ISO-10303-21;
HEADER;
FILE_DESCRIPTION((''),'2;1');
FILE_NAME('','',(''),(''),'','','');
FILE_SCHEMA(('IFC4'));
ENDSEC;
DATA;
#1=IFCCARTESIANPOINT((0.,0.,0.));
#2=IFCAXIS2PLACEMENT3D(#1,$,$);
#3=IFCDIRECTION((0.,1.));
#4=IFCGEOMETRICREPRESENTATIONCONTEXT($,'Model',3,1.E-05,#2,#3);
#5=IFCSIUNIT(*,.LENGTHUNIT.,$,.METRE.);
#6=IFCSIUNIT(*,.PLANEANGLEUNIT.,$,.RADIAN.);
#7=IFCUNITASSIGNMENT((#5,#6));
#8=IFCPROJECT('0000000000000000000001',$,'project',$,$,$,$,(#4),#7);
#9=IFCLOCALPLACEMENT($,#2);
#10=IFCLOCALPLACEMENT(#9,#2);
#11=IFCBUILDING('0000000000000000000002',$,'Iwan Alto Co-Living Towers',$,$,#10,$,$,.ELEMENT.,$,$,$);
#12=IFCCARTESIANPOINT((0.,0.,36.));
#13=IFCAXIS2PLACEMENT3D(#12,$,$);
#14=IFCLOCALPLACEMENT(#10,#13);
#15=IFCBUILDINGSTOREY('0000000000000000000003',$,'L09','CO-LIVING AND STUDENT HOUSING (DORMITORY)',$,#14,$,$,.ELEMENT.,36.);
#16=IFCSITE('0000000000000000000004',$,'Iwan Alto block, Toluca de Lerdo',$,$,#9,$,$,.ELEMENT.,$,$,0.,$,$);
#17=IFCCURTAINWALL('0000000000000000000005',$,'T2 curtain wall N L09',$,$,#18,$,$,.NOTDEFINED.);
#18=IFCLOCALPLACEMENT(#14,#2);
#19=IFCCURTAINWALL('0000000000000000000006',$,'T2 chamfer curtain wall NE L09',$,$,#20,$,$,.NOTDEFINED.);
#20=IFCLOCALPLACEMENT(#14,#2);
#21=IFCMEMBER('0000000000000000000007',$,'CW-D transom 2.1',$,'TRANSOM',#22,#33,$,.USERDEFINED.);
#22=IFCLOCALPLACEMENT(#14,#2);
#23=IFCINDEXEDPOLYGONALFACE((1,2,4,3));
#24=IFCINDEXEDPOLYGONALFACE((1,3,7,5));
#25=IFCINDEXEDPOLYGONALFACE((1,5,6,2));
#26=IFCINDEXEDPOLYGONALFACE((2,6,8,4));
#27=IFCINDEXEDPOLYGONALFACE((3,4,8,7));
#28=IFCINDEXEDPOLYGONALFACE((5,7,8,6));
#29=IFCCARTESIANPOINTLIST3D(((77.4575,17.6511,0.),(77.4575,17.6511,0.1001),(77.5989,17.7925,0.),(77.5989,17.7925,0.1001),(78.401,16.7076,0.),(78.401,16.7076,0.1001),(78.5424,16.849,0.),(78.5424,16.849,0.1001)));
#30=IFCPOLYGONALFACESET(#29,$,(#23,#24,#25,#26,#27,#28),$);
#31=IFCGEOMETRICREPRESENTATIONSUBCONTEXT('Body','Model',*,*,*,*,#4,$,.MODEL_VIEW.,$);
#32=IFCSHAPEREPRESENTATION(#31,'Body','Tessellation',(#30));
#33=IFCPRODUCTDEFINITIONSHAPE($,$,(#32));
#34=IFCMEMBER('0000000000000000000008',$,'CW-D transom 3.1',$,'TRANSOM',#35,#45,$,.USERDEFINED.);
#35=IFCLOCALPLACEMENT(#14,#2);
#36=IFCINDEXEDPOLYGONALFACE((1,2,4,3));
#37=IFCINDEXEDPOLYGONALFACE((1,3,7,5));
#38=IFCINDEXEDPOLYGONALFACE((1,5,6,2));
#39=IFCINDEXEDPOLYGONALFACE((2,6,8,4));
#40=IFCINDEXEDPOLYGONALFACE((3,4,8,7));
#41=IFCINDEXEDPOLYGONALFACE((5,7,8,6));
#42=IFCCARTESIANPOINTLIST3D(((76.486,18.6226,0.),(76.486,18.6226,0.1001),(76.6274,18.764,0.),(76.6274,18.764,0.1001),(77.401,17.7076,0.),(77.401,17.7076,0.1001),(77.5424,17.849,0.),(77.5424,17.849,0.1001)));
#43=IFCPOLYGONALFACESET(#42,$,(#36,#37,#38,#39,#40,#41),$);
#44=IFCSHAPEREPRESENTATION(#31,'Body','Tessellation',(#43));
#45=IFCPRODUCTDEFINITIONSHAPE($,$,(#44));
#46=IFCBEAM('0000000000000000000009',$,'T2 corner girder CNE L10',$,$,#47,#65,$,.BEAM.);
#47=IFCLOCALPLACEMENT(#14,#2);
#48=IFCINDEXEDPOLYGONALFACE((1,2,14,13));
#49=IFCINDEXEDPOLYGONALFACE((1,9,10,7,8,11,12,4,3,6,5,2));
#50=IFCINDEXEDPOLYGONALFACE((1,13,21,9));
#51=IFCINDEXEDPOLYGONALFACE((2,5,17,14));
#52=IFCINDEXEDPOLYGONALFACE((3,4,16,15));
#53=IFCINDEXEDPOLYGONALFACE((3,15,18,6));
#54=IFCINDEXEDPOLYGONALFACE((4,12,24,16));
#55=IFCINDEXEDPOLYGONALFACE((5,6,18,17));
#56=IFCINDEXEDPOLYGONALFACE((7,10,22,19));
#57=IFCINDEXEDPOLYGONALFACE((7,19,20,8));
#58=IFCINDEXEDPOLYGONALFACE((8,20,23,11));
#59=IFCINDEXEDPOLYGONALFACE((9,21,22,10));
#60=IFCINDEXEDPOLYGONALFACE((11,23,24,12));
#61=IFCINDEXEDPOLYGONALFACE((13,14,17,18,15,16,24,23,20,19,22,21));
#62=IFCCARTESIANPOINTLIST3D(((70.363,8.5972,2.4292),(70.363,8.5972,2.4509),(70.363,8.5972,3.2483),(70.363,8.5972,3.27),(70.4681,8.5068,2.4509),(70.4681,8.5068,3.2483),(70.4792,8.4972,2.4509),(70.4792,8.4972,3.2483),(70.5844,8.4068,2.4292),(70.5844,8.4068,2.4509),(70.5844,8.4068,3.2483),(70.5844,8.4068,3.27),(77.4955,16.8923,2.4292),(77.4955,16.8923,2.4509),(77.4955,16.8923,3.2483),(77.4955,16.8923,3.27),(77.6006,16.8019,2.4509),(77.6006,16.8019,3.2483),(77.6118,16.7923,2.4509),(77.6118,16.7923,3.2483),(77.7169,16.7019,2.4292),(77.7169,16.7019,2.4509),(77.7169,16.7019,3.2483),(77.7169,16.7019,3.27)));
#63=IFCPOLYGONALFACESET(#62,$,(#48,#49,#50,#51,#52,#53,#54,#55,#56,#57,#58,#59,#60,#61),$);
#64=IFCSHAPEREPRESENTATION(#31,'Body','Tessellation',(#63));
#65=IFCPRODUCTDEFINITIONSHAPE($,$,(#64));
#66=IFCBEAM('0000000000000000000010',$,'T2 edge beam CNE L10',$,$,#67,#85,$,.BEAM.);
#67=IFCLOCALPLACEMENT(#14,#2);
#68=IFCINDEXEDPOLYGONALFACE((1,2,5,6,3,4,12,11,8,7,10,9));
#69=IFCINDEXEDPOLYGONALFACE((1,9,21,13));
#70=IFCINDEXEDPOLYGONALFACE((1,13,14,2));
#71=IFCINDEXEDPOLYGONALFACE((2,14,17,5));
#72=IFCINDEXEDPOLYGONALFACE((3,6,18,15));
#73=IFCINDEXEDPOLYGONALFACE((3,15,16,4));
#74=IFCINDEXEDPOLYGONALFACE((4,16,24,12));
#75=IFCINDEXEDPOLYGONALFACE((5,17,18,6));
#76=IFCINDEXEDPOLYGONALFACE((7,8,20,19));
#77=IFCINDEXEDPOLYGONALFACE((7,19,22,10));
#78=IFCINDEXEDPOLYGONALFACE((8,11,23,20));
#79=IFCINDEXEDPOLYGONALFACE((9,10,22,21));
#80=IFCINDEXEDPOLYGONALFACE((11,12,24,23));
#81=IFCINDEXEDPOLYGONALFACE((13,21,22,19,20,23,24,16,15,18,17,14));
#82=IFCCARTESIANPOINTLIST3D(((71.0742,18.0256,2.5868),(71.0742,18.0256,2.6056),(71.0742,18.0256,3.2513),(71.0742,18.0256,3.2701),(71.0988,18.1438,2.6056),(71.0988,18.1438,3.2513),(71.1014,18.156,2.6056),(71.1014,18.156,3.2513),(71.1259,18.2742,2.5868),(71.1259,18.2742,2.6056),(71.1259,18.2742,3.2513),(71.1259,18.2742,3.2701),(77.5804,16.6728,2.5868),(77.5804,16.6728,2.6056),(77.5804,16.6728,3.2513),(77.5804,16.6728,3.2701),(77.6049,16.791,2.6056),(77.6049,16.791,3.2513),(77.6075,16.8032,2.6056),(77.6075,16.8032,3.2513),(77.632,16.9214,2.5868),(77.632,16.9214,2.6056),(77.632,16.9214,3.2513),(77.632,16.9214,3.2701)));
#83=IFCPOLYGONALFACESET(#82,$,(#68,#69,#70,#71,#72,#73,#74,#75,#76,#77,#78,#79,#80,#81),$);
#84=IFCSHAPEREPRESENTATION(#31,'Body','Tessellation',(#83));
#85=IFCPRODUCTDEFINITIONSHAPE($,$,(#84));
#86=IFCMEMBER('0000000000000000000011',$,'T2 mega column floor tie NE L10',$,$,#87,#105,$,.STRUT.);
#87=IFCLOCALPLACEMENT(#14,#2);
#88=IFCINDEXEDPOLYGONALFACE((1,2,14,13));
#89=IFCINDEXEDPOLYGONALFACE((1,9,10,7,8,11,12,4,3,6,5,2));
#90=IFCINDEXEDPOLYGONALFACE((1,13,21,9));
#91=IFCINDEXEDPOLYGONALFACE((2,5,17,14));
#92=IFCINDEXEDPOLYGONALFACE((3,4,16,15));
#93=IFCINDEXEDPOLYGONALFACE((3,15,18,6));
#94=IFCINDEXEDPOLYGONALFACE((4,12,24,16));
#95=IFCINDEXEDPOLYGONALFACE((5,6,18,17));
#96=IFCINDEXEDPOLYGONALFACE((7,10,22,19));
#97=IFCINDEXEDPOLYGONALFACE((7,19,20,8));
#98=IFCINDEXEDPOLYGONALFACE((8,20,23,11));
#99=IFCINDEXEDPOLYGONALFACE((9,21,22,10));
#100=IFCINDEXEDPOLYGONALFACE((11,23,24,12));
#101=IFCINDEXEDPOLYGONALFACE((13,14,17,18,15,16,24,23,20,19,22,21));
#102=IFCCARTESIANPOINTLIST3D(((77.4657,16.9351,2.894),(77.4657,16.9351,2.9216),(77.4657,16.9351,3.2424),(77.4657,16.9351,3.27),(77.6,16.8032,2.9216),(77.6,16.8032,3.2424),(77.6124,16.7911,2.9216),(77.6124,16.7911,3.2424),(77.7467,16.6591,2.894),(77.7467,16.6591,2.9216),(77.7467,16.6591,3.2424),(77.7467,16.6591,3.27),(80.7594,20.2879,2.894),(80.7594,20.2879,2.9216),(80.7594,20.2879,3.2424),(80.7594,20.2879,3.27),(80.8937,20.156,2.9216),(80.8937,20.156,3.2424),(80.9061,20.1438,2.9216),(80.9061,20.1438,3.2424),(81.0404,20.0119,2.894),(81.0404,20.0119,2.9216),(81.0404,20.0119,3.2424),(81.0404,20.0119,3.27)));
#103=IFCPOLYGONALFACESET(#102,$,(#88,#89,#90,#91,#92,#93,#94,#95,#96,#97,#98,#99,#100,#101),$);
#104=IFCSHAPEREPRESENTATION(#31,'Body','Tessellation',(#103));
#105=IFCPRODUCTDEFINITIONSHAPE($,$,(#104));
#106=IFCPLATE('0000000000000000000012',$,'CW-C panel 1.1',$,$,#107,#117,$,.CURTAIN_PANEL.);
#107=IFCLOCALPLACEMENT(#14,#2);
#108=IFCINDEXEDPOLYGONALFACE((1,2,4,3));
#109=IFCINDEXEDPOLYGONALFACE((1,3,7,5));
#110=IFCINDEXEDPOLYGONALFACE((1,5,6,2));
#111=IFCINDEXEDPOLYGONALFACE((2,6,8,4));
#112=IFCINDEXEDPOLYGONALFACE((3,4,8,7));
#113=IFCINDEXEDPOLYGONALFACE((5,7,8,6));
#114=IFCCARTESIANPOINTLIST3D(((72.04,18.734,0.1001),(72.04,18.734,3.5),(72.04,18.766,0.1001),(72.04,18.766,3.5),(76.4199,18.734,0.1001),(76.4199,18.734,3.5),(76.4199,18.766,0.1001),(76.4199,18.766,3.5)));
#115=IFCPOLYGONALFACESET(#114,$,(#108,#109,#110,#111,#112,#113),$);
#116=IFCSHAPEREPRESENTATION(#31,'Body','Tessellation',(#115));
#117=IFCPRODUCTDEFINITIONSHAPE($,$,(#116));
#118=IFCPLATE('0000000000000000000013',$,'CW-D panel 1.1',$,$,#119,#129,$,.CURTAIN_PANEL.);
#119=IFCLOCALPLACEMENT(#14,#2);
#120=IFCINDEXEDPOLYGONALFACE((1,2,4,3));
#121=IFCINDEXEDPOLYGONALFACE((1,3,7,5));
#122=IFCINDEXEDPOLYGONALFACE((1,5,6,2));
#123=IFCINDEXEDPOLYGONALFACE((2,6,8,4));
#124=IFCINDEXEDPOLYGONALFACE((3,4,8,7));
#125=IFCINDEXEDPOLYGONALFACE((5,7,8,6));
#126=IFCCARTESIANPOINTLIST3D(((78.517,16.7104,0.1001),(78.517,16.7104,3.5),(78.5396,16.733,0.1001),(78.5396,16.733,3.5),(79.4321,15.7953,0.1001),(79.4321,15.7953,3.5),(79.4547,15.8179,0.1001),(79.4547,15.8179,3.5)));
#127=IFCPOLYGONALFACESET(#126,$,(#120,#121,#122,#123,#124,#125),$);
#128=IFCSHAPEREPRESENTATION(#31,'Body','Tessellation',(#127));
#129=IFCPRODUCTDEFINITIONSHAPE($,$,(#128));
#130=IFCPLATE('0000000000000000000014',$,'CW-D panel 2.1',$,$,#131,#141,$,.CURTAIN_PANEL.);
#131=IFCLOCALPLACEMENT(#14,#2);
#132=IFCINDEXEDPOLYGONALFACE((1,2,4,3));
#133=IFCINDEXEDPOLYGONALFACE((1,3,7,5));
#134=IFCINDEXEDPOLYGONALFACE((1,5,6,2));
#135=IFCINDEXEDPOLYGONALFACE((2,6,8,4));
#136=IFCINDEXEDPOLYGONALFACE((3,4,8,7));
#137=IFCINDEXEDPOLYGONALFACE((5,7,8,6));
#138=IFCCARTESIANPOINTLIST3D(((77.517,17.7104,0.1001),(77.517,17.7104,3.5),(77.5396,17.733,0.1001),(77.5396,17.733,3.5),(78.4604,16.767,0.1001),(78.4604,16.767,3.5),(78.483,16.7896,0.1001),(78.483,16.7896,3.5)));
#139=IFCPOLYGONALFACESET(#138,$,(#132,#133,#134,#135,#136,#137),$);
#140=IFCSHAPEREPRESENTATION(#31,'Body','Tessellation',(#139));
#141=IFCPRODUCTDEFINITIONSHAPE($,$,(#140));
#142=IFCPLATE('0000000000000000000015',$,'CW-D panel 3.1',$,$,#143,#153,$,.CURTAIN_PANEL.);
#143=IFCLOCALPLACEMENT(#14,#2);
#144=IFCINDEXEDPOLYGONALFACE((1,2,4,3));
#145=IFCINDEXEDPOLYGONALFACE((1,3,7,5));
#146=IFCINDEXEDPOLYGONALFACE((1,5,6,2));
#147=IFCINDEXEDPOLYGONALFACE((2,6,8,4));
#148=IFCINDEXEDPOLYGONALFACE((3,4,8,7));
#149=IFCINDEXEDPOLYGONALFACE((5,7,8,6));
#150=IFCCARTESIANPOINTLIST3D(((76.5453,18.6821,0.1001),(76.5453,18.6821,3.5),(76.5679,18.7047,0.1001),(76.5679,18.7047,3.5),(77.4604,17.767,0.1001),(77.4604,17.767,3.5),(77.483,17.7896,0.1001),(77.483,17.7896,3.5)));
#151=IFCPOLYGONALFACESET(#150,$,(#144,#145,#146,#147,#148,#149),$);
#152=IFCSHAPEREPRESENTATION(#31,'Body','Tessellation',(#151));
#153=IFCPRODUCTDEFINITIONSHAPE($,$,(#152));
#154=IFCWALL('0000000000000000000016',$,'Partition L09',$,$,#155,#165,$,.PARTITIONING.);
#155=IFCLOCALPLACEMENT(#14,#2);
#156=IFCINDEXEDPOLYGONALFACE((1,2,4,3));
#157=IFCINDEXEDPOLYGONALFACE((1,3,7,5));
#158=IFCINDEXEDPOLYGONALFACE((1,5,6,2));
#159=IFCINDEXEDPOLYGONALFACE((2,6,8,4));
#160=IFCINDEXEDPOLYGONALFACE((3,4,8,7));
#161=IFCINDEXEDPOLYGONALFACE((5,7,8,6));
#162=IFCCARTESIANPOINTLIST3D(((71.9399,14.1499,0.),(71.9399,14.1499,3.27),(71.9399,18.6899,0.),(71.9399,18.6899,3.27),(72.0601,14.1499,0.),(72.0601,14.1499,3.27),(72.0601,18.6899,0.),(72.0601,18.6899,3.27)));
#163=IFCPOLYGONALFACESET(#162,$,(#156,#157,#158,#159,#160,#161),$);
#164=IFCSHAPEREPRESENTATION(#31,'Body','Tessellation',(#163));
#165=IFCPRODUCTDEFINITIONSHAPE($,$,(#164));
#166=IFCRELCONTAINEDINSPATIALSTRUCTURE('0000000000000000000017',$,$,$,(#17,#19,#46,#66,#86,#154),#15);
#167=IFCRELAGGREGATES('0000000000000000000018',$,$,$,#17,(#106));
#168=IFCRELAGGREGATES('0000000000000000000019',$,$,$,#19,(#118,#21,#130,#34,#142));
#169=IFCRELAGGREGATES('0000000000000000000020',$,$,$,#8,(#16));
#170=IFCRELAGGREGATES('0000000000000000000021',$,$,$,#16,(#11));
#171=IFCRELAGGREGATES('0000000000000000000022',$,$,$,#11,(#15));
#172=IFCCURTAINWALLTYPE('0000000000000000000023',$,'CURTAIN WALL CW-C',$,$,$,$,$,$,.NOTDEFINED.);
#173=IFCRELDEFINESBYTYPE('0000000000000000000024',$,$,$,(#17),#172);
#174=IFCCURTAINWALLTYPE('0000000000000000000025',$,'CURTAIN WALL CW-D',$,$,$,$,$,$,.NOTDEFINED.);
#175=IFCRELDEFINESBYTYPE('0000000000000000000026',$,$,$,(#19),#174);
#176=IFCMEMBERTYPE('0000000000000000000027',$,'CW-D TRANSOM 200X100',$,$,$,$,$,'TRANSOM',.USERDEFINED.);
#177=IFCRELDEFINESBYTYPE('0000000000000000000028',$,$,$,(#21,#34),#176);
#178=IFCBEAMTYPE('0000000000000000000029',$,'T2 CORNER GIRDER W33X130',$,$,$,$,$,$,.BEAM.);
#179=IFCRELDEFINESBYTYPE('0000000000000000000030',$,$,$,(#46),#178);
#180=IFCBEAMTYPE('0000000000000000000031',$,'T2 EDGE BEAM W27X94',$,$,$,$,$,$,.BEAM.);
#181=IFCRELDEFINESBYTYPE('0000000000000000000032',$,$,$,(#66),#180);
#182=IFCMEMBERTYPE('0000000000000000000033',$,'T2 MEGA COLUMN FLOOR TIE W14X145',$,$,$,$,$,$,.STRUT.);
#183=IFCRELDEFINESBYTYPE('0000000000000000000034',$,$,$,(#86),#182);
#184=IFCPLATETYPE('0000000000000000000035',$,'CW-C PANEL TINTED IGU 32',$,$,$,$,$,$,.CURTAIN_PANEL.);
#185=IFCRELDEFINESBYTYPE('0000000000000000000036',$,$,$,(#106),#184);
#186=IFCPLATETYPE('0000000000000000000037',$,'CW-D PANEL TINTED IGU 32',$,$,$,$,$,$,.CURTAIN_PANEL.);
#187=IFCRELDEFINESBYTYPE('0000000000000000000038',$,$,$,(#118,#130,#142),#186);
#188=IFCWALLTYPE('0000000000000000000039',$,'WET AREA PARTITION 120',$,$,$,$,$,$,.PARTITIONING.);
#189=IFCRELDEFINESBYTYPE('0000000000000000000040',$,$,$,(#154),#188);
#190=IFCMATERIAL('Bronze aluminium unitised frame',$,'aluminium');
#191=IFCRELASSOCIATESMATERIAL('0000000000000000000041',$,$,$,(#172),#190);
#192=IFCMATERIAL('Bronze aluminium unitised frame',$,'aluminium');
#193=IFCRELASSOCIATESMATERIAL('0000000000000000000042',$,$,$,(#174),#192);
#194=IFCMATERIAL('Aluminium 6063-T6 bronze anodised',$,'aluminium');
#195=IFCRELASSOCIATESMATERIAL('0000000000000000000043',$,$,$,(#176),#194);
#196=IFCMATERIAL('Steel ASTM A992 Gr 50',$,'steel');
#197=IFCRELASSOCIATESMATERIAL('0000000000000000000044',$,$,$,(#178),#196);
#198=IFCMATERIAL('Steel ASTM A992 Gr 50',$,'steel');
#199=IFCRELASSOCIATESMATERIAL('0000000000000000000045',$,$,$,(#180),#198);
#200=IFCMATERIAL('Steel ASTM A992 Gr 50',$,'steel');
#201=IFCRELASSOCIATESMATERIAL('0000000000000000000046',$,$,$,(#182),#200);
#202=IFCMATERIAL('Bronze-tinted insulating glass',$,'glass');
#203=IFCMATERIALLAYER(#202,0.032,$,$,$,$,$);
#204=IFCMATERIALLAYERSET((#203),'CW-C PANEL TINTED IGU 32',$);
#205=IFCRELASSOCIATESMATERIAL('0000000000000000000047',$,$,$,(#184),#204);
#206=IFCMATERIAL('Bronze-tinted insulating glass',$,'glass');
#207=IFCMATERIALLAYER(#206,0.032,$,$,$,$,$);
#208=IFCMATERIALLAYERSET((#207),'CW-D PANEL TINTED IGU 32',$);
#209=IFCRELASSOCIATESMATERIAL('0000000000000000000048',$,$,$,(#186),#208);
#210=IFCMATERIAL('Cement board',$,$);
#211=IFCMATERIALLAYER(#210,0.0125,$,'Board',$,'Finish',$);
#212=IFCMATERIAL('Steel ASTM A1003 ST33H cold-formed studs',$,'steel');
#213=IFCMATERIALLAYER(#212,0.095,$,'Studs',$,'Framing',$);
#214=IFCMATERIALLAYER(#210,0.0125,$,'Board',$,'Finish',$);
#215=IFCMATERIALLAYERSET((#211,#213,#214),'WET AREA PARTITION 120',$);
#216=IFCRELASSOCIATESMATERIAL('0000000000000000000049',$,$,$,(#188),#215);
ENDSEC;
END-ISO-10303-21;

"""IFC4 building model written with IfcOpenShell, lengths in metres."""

from ifc_helpers import new_model, si_unit, direction, frame, frame_2d, origin, origin_2d, place, context, subcontext, project, spatial, rectangle, i_section, extrude, material, layer, layer_set, material_profile, profile_set, type_object, element, aggregate, save


model = new_model("IFC4")

# Units and contexts
model_context = context("Model", 3, precision=1e-05, world=origin(), true_north=direction((0.0, 1.0)))
body_context = subcontext(model_context, "Body", "Model", "MODEL_VIEW")
ifc_project = project(units=[si_unit("LENGTHUNIT", "METRE"), si_unit("PLANEANGLEUNIT", "RADIAN")], contexts=[model_context])

# Site, building, storey
site_placement = place(None, origin())
site = spatial("IfcSite", under=ifc_project, at=site_placement, Name="Iwan Alto block, Toluca de Lerdo", CompositionType="ELEMENT", RefElevation=0.0)
building_placement = place(site_placement, origin())
building = spatial("IfcBuilding", under=site, at=building_placement, Name="Iwan Alto Co-Living Towers", CompositionType="ELEMENT")
storey_placement = place(building_placement, frame((0.0, 0.0, 36.0)))
storey = spatial("IfcBuildingStorey", under=building, at=storey_placement, Name="L09", Description="CO-LIVING AND STUDENT HOUSING (DORMITORY)", CompositionType="ELEMENT", Elevation=36.0)

# Shared definitions
ifc_material_1 = material(Name="Bronze aluminium unitised frame", Category="aluminium")
curtain_wall_type_1 = type_object("IfcCurtainWallType", Name="CURTAIN WALL CW-C", PredefinedType="NOTDEFINED", material=ifc_material_1)

# Curtain walls, members
curtain_wall_1_placement = place(storey_placement, origin())
curtain_wall_1 = element("IfcCurtainWall", 1, at=curtain_wall_1_placement, inside=storey, type_object=curtain_wall_type_1, Name="T2 curtain wall N L09", PredefinedType="NOTDEFINED")
ifc_material_2 = material(Name="Bronze aluminium unitised frame", Category="aluminium")
curtain_wall_type_2 = type_object("IfcCurtainWallType", Name="CURTAIN WALL CW-D", PredefinedType="NOTDEFINED", material=ifc_material_2)
curtain_wall_2_placement = place(storey_placement, origin())
curtain_wall_2 = element("IfcCurtainWall", 2, at=curtain_wall_2_placement, inside=storey, type_object=curtain_wall_type_2, Name="T2 chamfer curtain wall NE L09", PredefinedType="NOTDEFINED")
ifc_material_3 = material(Name="Aluminium 6063-T6 bronze anodised", Category="aluminium")
ifc_material_profile_1 = material_profile(ifc_material_3, rectangle(XDim=0.2, YDim=0.1001, at=origin_2d()), Name="AL 200X100")
ifc_profile_set_1 = profile_set([ifc_material_profile_1], Name="Aluminium 6063-T6 bronze anodised")
member_type_1 = type_object("IfcMemberType", Name="CW-D TRANSOM 200X100", ElementType="TRANSOM", PredefinedType="USERDEFINED", material=ifc_profile_set_1)
member_1_placement = place(storey_placement, frame((78.4717, 16.7783, 0.05), z_axis=(-0.707107, 0.707107, 0.0), x_axis=(-0.707107, -0.707107, 0.0)))
member_1 = element("IfcMember", 3, at=member_1_placement, type_object=member_type_1, Name="CW-D transom 2.1", ObjectType="TRANSOM", PredefinedType="USERDEFINED", context=body_context, shape_type="SweptSolid", body=[
    extrude(rectangle(XDim=0.2, YDim=0.1001, at=origin_2d()), origin(), (0.0, 0.0, 1.0), 1.3342),
])
member_2_placement = place(storey_placement, frame((77.4717, 17.7783, 0.05), z_axis=(-0.707107, 0.707107, 0.0), x_axis=(-0.707107, -0.707107, 0.0)))
member_2 = element("IfcMember", 4, at=member_2_placement, type_object=member_type_1, Name="CW-D transom 3.1", ObjectType="TRANSOM", PredefinedType="USERDEFINED", context=body_context, shape_type="SweptSolid", body=[
    extrude(rectangle(XDim=0.2, YDim=0.1001, at=origin_2d()), origin(), (0.0, 0.0, 1.0), 1.2939),
])

# Beams
ifc_material_4 = material(Name="Steel ASTM A992 Gr 50", Category="steel")
ifc_material_profile_2 = material_profile(ifc_material_4, i_section(OverallWidth=0.292, OverallDepth=0.8408, WebThickness=0.0146, FlangeThickness=0.0217, at=origin_2d()), Name="W33X130")
ifc_profile_set_2 = profile_set([ifc_material_profile_2], Name="Steel ASTM A992 Gr 50")
beam_type_1 = type_object("IfcBeamType", Name="T2 CORNER GIRDER W33X130", PredefinedType="BEAM", material=ifc_profile_set_2)
beam_1_placement = place(storey_placement, frame((77.6062, 16.7971, 2.8496), z_axis=(-0.651972, -0.758243, 0.0), x_axis=(0.758243, -0.651972, 0.0)))
element("IfcBeam", 5, at=beam_1_placement, inside=storey, type_object=beam_type_1, Name="T2 corner girder CNE L10", PredefinedType="BEAM", context=body_context, shape_type="SweptSolid", body=[
    extrude(i_section(OverallWidth=0.292, OverallDepth=0.8408, WebThickness=0.0146, FlangeThickness=0.0217, at=origin_2d()), origin(), (0.0, 0.0, 1.0), 10.9399),
])
ifc_material_5 = material(Name="Steel ASTM A992 Gr 50", Category="steel")
ifc_material_profile_3 = material_profile(ifc_material_5, i_section(OverallWidth=0.2539, OverallDepth=0.6833, WebThickness=0.0125, FlangeThickness=0.0188, at=origin_2d()), Name="W27X94")
ifc_profile_set_3 = profile_set([ifc_material_profile_3], Name="Steel ASTM A992 Gr 50")
beam_type_2 = type_object("IfcBeamType", Name="T2 EDGE BEAM W27X94", PredefinedType="BEAM", material=ifc_profile_set_3)
beam_2_placement = place(storey_placement, frame((77.6062, 16.7971, 2.9285), z_axis=(-0.97906, 0.203571, 0.0), x_axis=(-0.203571, -0.97906, 0.0)))
element("IfcBeam", 6, at=beam_2_placement, inside=storey, type_object=beam_type_2, Name="T2 edge beam CNE L10", PredefinedType="BEAM", context=body_context, shape_type="SweptSolid", body=[
    extrude(i_section(OverallWidth=0.2539, OverallDepth=0.6833, WebThickness=0.0125, FlangeThickness=0.0188, at=origin_2d()), origin(), (0.0, 0.0, 1.0), 6.6453),
])

# Member
ifc_material_6 = material(Name="Steel ASTM A992 Gr 50", Category="steel")
ifc_material_profile_4 = material_profile(ifc_material_6, i_section(OverallWidth=0.3938, OverallDepth=0.376, WebThickness=0.0173, FlangeThickness=0.0276, at=origin_2d()), Name="W14X145")
ifc_profile_set_4 = profile_set([ifc_material_profile_4], Name="Steel ASTM A992 Gr 50")
member_type_2 = type_object("IfcMemberType", Name="T2 MEGA COLUMN FLOOR TIE W14X145", PredefinedType="STRUT", material=ifc_profile_set_4)
member_3_placement = place(storey_placement, frame((80.8999, 20.1499, 3.082), z_axis=(-0.700793, -0.713364, 0.0), x_axis=(0.713364, -0.700793, 0.0)))
element("IfcMember", 7, at=member_3_placement, inside=storey, type_object=member_type_2, Name="T2 mega column floor tie NE L10", PredefinedType="STRUT", context=body_context, shape_type="SweptSolid", body=[
    extrude(i_section(OverallWidth=0.3938, OverallDepth=0.376, WebThickness=0.0173, FlangeThickness=0.0276, at=origin_2d()), origin(), (0.0, 0.0, 1.0), 4.7),
])

# Plates
ifc_material_7 = material(Name="Bronze-tinted insulating glass", Category="glass")
ifc_layer_1 = layer(ifc_material_7, 0.032)
ifc_layer_set_1 = layer_set([ifc_layer_1], Name="CW-C PANEL TINTED IGU 32")
plate_type_1 = type_object("IfcPlateType", Name="CW-C PANEL TINTED IGU 32", PredefinedType="CURTAIN_PANEL", material=ifc_layer_set_1)
plate_1_placement = place(storey_placement, frame((74.23, 18.75, 0.1001), z_axis=(0.0, 0.0, 1.0), x_axis=(-1.0, 0.0, 0.0)))
plate_1 = element("IfcPlate", 8, at=plate_1_placement, type_object=plate_type_1, Name="CW-C panel 1.1", PredefinedType="CURTAIN_PANEL", context=body_context, shape_type="SweptSolid", body=[
    extrude(rectangle(XDim=4.3799, YDim=0.032, at=origin_2d()), origin(), (0.0, 0.0, 1.0), 3.3999),
])
aggregate(curtain_wall_1, [plate_1])
ifc_material_8 = material(Name="Bronze-tinted insulating glass", Category="glass")
ifc_layer_2 = layer(ifc_material_8, 0.032)
ifc_layer_set_2 = layer_set([ifc_layer_2], Name="CW-D PANEL TINTED IGU 32")
plate_type_2 = type_object("IfcPlateType", Name="CW-D PANEL TINTED IGU 32", PredefinedType="CURTAIN_PANEL", material=ifc_layer_set_2)
plate_2_placement = place(storey_placement, frame((78.9858, 16.2642, 0.1001), z_axis=(0.0, 0.0, 1.0), x_axis=(-0.707107, 0.707107, 0.0)))
plate_2 = element("IfcPlate", 9, at=plate_2_placement, type_object=plate_type_2, Name="CW-D panel 1.1", PredefinedType="CURTAIN_PANEL", context=body_context, shape_type="SweptSolid", body=[
    extrude(rectangle(XDim=1.2942, YDim=0.032, at=origin_2d()), origin(), (0.0, 0.0, 1.0), 3.3999),
])
plate_3_placement = place(storey_placement, frame((78.0, 17.25, 0.1001), z_axis=(0.0, 0.0, 1.0), x_axis=(-0.707107, 0.707107, 0.0)))
plate_3 = element("IfcPlate", 10, at=plate_3_placement, type_object=plate_type_2, Name="CW-D panel 2.1", PredefinedType="CURTAIN_PANEL", context=body_context, shape_type="SweptSolid", body=[
    extrude(rectangle(XDim=1.3342, YDim=0.032, at=origin_2d()), origin(), (0.0, 0.0, 1.0), 3.3999),
])
plate_4_placement = place(storey_placement, frame((77.0142, 18.2358, 0.1001), z_axis=(0.0, 0.0, 1.0), x_axis=(-0.707107, 0.707107, 0.0)))
plate_4 = element("IfcPlate", 11, at=plate_4_placement, type_object=plate_type_2, Name="CW-D panel 3.1", PredefinedType="CURTAIN_PANEL", context=body_context, shape_type="SweptSolid", body=[
    extrude(rectangle(XDim=1.2942, YDim=0.032, at=origin_2d()), origin(), (0.0, 0.0, 1.0), 3.3999),
])
aggregate(curtain_wall_2, [plate_2, member_1, plate_3, member_2, plate_4])

# Wall
ifc_material_9 = material(Name="Cement board")
ifc_layer_3 = layer(ifc_material_9, 0.0125, Name="Board", Category="Finish")
ifc_material_10 = material(Name="Steel ASTM A1003 ST33H cold-formed studs", Category="steel")
ifc_layer_4 = layer(ifc_material_10, 0.095, Name="Studs", Category="Framing")
ifc_layer_5 = layer(ifc_material_9, 0.0125, Name="Board", Category="Finish")
ifc_layer_set_3 = layer_set([ifc_layer_3, ifc_layer_4, ifc_layer_5], Name="WET AREA PARTITION 120")
wall_type = type_object("IfcWallType", Name="WET AREA PARTITION 120", PredefinedType="PARTITIONING", material=ifc_layer_set_3)
wall_placement = place(storey_placement, frame((72.0, 14.1499, 0.0), z_axis=(0.0, 0.0, 1.0), x_axis=(0.0, 1.0, 0.0)))
element("IfcWall", 12, at=wall_placement, inside=storey, type_object=wall_type, Name="Partition L09", PredefinedType="PARTITIONING", context=body_context, shape_type="SweptSolid", body=[
    extrude(rectangle(XDim=4.54, YDim=0.1201, at=frame_2d((2.27, 0.0))), origin(), (0.0, 0.0, 1.0), 3.27),
])

save(model, "model.ifc")
